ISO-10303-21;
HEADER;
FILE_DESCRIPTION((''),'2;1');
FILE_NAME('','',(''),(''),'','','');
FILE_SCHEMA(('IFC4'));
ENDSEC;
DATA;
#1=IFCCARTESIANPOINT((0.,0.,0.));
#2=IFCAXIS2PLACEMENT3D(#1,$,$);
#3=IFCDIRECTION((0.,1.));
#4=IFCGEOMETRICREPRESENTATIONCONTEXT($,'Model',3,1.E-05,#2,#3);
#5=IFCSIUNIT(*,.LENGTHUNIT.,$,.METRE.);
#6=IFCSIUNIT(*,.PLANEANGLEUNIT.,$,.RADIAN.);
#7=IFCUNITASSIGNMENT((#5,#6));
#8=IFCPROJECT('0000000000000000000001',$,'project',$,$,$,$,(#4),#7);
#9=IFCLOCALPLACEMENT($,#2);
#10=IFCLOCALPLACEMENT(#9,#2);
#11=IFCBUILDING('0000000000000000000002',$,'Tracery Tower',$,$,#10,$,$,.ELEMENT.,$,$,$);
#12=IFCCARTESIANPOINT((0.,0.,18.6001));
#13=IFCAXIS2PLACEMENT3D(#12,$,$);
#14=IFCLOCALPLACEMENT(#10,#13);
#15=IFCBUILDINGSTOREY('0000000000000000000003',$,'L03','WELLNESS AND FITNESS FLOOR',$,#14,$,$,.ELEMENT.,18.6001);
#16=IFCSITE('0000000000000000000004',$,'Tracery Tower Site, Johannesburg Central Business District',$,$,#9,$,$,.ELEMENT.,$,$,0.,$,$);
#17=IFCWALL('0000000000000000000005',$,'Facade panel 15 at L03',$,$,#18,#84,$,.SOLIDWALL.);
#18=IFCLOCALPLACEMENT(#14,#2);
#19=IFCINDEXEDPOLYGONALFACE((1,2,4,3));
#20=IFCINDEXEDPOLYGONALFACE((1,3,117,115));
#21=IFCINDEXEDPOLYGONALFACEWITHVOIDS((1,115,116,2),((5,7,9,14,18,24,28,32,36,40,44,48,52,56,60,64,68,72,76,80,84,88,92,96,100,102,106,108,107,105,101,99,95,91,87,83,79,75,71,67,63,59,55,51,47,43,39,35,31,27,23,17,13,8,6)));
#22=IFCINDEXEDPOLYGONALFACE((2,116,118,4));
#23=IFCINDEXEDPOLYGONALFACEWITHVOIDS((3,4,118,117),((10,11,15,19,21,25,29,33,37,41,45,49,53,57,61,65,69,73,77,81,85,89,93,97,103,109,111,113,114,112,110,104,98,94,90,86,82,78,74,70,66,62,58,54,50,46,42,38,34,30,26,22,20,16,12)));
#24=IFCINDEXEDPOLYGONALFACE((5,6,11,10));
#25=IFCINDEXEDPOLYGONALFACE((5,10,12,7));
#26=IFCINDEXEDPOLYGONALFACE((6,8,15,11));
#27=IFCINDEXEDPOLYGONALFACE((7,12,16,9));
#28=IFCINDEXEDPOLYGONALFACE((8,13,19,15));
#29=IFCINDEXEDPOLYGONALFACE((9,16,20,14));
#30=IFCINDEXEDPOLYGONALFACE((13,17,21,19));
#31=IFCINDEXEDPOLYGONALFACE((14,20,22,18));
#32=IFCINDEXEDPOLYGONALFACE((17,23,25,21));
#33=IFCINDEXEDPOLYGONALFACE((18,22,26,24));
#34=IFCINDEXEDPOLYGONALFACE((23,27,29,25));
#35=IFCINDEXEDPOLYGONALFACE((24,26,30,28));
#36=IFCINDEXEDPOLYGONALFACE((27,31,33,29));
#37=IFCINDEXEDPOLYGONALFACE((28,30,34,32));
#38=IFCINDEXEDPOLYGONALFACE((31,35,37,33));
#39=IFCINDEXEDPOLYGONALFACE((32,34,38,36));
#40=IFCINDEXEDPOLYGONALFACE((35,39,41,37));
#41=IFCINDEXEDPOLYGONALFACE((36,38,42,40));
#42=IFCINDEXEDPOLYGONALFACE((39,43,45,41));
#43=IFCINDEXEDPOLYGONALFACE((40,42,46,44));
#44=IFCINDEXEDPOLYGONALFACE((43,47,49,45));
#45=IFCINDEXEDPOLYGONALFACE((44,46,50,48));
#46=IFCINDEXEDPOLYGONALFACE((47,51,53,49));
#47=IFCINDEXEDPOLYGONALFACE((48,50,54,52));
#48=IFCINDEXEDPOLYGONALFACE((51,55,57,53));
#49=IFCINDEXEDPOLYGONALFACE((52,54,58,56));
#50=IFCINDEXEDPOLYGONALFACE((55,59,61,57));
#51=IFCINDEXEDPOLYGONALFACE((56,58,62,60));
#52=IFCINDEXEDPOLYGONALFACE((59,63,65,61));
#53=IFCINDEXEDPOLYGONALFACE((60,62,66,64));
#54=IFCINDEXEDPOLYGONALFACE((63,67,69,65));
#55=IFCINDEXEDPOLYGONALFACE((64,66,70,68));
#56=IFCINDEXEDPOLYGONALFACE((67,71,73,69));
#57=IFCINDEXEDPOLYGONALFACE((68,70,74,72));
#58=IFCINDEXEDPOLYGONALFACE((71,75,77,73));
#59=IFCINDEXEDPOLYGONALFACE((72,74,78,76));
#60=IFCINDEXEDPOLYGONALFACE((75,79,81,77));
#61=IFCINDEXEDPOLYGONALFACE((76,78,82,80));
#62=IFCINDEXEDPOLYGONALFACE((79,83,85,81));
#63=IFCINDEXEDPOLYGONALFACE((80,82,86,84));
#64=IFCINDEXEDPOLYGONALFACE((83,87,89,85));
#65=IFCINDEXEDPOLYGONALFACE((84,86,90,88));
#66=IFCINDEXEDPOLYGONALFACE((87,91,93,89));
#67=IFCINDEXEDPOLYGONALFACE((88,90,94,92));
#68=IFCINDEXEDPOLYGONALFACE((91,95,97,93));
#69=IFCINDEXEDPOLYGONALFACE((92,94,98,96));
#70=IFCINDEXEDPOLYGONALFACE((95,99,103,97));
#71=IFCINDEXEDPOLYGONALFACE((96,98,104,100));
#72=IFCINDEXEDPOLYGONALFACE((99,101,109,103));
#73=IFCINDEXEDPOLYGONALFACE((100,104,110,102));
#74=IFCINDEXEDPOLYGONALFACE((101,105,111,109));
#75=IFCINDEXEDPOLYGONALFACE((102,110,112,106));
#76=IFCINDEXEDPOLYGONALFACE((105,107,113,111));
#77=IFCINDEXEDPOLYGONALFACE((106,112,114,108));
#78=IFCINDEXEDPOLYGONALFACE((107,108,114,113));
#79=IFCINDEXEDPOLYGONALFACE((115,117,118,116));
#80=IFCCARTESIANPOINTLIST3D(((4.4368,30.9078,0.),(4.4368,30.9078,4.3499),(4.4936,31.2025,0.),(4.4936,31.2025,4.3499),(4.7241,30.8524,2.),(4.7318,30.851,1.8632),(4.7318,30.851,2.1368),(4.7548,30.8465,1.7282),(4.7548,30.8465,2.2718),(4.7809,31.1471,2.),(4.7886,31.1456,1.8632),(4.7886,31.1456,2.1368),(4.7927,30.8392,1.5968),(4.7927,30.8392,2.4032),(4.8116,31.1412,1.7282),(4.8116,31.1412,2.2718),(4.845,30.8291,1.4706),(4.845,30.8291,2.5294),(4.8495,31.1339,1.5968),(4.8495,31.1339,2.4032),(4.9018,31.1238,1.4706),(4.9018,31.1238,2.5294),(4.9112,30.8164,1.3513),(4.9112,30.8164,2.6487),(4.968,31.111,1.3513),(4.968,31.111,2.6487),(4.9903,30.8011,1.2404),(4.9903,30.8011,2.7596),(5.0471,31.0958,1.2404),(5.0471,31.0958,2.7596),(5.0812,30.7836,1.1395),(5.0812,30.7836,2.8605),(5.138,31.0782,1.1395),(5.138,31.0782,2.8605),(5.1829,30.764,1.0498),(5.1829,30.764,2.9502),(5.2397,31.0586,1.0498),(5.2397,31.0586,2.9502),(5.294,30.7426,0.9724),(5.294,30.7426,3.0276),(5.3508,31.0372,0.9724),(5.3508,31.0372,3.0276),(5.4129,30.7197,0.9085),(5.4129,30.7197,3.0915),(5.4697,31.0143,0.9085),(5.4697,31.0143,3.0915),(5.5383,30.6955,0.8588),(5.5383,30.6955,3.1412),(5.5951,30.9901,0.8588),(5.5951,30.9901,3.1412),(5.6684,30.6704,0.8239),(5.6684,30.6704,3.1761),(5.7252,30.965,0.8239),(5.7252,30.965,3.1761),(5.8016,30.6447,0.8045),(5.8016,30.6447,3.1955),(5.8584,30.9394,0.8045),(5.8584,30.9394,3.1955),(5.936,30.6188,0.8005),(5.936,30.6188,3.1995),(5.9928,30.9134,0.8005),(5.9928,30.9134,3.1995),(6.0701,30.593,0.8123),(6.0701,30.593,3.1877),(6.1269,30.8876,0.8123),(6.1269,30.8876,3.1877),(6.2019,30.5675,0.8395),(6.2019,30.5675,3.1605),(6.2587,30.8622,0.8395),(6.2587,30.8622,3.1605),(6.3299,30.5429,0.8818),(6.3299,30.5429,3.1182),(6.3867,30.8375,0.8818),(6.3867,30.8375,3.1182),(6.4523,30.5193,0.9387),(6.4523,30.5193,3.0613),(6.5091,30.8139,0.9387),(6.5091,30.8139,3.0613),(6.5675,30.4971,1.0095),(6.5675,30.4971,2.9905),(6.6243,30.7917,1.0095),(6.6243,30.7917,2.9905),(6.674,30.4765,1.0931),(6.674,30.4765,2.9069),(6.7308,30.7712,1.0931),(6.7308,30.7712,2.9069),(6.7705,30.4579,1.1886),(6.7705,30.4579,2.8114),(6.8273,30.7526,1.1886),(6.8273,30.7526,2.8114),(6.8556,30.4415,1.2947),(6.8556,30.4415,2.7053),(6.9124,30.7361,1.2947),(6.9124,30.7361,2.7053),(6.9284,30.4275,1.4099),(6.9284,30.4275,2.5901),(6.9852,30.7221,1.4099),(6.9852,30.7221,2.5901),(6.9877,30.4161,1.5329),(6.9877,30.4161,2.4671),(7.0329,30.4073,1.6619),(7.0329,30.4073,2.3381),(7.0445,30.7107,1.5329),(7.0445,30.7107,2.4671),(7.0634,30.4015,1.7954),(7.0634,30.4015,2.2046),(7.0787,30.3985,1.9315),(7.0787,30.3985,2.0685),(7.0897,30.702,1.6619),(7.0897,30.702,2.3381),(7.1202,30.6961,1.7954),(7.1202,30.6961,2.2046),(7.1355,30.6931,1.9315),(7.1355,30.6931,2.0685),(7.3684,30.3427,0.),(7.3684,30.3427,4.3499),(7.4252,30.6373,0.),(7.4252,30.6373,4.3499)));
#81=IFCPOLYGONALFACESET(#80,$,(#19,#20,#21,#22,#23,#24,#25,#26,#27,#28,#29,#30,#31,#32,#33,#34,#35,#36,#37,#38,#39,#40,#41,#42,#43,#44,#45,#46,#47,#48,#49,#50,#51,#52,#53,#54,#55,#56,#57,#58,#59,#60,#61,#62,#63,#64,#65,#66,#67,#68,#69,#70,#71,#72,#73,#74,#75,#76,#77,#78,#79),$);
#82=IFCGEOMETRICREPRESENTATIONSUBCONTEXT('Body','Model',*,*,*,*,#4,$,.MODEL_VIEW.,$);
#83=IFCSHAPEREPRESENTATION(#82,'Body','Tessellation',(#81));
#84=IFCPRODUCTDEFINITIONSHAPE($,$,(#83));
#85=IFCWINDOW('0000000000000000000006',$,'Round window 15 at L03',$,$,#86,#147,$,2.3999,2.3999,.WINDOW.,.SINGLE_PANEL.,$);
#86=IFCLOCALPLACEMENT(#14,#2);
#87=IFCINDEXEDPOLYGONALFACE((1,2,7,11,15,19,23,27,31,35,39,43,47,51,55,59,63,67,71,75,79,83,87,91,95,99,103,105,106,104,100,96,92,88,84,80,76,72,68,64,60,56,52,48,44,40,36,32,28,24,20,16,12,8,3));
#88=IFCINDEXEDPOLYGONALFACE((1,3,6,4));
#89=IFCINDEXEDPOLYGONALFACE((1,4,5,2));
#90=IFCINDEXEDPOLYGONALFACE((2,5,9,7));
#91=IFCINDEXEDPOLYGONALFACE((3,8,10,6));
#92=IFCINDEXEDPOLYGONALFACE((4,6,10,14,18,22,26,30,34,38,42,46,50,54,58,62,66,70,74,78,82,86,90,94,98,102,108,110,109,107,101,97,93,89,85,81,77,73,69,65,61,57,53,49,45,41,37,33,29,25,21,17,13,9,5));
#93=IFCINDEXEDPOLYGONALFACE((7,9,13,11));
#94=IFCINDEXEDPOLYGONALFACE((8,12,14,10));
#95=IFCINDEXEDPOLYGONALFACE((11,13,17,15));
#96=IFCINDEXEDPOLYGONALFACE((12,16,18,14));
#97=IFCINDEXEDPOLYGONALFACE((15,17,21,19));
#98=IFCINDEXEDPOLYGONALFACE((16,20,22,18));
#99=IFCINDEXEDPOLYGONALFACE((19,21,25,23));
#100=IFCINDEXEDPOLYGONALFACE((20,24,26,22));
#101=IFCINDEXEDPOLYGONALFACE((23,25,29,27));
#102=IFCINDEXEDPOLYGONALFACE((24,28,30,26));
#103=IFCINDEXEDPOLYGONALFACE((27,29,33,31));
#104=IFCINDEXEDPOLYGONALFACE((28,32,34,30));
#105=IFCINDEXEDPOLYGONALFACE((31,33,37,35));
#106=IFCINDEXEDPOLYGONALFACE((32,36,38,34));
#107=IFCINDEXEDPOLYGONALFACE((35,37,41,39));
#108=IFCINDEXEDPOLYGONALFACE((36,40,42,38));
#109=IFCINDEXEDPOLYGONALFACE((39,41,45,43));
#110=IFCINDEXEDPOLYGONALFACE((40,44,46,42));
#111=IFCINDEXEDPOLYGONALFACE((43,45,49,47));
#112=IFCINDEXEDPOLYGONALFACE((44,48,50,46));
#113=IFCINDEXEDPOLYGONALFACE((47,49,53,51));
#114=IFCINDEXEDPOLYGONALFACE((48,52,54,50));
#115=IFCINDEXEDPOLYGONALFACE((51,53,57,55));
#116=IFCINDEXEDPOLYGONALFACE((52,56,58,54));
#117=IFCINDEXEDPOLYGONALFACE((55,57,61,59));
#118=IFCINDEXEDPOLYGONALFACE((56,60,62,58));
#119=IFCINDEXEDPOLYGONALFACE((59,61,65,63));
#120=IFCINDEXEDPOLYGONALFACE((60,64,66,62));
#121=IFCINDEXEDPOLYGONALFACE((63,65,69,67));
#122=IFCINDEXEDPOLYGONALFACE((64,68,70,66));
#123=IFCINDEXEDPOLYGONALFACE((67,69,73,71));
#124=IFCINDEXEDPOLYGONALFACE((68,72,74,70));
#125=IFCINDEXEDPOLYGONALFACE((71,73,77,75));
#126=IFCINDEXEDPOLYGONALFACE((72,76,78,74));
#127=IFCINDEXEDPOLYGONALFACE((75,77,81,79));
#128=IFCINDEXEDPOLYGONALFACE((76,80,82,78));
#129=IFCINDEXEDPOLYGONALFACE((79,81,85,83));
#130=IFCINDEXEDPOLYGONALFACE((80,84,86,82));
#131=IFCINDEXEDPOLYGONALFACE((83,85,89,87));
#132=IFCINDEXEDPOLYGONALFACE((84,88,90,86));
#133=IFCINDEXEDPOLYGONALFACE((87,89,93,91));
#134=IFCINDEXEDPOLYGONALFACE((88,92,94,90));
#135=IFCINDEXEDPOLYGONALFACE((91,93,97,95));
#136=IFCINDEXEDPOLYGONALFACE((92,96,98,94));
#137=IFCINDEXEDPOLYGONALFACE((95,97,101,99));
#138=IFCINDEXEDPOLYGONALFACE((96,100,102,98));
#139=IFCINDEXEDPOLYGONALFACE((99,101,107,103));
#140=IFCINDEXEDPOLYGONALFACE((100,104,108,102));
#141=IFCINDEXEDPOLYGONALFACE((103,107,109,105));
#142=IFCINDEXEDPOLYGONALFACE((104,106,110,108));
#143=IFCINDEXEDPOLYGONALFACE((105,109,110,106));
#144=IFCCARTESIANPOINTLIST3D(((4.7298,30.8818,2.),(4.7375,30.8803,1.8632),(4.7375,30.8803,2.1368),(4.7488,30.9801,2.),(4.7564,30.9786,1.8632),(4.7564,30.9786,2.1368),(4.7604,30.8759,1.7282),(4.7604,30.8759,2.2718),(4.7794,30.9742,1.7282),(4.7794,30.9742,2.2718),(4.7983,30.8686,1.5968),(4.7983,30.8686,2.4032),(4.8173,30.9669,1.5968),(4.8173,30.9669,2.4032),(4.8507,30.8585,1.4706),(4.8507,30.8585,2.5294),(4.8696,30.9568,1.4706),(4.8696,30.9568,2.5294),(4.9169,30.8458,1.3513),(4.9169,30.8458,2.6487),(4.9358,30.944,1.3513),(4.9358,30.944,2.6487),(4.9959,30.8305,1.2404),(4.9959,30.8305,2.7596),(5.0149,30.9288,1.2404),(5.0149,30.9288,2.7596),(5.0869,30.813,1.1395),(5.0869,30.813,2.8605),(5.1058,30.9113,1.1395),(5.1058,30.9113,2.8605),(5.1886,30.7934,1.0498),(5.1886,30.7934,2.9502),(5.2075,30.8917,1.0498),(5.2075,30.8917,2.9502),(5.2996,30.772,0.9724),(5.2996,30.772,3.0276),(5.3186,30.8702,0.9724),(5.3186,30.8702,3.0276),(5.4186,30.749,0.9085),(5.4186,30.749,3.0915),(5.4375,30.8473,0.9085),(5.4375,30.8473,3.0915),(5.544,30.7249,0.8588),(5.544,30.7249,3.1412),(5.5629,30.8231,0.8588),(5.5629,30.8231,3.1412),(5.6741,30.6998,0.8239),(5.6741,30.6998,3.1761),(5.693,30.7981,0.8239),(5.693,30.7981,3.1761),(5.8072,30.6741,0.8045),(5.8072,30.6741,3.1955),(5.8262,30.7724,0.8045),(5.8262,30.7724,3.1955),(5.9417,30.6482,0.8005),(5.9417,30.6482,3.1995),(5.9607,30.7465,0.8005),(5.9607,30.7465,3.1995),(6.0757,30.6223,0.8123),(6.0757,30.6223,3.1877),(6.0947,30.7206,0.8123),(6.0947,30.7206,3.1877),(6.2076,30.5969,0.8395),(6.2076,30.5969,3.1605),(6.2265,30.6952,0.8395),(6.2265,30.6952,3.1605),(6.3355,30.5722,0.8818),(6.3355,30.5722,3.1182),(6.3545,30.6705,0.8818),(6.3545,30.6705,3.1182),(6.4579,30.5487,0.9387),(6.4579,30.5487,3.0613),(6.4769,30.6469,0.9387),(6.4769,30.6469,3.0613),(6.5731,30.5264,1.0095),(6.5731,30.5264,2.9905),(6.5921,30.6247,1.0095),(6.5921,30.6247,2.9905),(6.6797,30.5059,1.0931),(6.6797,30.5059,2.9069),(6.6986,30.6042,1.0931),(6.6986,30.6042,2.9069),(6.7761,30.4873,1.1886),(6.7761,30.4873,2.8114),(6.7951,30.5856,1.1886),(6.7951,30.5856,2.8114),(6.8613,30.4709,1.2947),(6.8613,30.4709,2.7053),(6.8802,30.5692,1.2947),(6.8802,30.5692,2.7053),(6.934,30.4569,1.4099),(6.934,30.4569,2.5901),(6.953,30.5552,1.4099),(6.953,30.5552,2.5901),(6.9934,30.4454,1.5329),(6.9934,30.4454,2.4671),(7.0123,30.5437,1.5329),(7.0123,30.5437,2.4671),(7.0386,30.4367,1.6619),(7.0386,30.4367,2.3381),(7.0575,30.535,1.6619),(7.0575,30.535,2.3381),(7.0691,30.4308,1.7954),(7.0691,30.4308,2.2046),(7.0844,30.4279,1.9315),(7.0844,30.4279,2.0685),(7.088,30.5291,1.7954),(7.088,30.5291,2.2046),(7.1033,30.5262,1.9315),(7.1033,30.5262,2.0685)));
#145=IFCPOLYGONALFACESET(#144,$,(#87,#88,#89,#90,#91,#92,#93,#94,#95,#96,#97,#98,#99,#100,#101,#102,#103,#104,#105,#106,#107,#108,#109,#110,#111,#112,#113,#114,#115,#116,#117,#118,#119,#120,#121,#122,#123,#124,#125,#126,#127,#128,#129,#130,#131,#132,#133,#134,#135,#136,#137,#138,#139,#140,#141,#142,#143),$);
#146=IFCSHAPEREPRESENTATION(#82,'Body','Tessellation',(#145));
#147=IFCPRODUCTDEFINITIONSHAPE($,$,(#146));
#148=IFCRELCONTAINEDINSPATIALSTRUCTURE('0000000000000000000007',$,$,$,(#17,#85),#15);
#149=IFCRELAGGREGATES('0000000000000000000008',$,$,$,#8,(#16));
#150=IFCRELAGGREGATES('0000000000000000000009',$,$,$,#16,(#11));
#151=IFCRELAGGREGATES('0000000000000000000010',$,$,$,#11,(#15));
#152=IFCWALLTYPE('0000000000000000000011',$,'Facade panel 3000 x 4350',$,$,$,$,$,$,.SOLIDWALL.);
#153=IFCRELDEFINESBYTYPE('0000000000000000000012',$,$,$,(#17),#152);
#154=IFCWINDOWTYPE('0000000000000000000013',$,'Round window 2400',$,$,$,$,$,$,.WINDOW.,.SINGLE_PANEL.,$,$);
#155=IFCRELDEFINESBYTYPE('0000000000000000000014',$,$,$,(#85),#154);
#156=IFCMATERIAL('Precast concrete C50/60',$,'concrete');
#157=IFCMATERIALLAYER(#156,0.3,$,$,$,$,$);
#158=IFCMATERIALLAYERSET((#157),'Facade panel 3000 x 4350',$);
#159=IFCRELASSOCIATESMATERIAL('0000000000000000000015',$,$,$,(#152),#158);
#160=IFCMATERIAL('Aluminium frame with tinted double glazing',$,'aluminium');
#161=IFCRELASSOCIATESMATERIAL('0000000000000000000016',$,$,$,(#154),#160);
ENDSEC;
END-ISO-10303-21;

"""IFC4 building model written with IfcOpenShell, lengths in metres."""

from ifc_helpers import new_model, si_unit, direction, frame, frame_2d, origin, origin_2d, place, context, subcontext, project, spatial, rectangle, circle, extrude, material, layer, layer_set, type_object, element, fill, save


model = new_model("IFC4")

# Units and contexts
model_context = context("Model", 3, precision=1e-05, world=origin(), true_north=direction((0.0, 1.0)))
body_context = subcontext(model_context, "Body", "Model", "MODEL_VIEW")
ifc_project = project(units=[si_unit("LENGTHUNIT", "METRE"), si_unit("PLANEANGLEUNIT", "RADIAN")], contexts=[model_context])

# Site, building, storey
site_placement = place(None, origin())
site = spatial("IfcSite", under=ifc_project, at=site_placement, Name="Tracery Tower Site, Johannesburg Central Business District", CompositionType="ELEMENT", RefElevation=0.0)
building_placement = place(site_placement, origin())
building = spatial("IfcBuilding", under=site, at=building_placement, Name="Tracery Tower", CompositionType="ELEMENT")
storey_placement = place(building_placement, frame((0.0, 0.0, 18.6001)))
storey = spatial("IfcBuildingStorey", under=building, at=storey_placement, Name="L03", Description="WELLNESS AND FITNESS FLOOR", CompositionType="ELEMENT", Elevation=18.6001)

# Wall, opening, window
ifc_material_1 = material(Name="Precast concrete C50/60", Category="concrete")
ifc_layer_1 = layer(ifc_material_1, 0.3)
ifc_layer_set_1 = layer_set([ifc_layer_1], Name="Facade panel 3000 x 4350")
wall_type_1 = type_object("IfcWallType", Name="Facade panel 3000 x 4350", PredefinedType="SOLIDWALL", material=ifc_layer_set_1)
ifc_material_2 = material(Name="Aluminium frame with tinted double glazing", Category="aluminium")
window_type = type_object("IfcWindowType", Name="Round window 2400", PartitioningType="SINGLE_PANEL", PredefinedType="WINDOW", material=ifc_material_2)
wall_1_placement = place(storey_placement, frame((7.3967, 30.49, 0.0), z_axis=(0.0, 0.0, 1.0), x_axis=(-0.981919, 0.189302, 0.0)))
wall_1 = element("IfcWall", 1, at=wall_1_placement, inside=storey, type_object=wall_type_1, Name="Facade panel 15 at L03", PredefinedType="SOLIDWALL", context=body_context, shape_type="SweptSolid", body=[
    extrude(rectangle(XDim=2.9856, YDim=0.3, at=frame_2d((1.4927, 0.0))), origin(), (0.0, 0.0, 1.0), 4.3499),
])
opening_1_placement = place(wall_1_placement, frame((1.4929, 0.0, 2.0)))
opening_1 = element("IfcOpeningElement", 2, at=opening_1_placement, cuts=wall_1, PredefinedType="OPENING", context=body_context, shape_type="SweptSolid", body=[
    extrude(circle(Radius=1.2, at=origin_2d()), frame((0.0, 0.1599, 0.0), z_axis=(0.0, -1.0, 0.0), x_axis=(1.0, 0.0, 0.0)), (0.0, 0.0, 1.0), 0.3201),
])
window_1_placement = place(opening_1_placement, origin())
window_1 = element("IfcWindow", 3, at=window_1_placement, inside=storey, type_object=window_type, Name="Round window 15 at L03", OverallHeight=2.3999, OverallWidth=2.3999, PartitioningType="SINGLE_PANEL", PredefinedType="WINDOW", context=body_context, shape_type="SweptSolid", body=[
    extrude(circle(Radius=1.2, at=origin_2d()), frame((0.0, 0.1201, 0.0), z_axis=(0.0, -1.0, 0.0), x_axis=(1.0, 0.0, 0.0)), (0.0, 0.0, 1.0), 0.1001),
])
fill(opening_1, window_1)

save(model, "model.ifc")
